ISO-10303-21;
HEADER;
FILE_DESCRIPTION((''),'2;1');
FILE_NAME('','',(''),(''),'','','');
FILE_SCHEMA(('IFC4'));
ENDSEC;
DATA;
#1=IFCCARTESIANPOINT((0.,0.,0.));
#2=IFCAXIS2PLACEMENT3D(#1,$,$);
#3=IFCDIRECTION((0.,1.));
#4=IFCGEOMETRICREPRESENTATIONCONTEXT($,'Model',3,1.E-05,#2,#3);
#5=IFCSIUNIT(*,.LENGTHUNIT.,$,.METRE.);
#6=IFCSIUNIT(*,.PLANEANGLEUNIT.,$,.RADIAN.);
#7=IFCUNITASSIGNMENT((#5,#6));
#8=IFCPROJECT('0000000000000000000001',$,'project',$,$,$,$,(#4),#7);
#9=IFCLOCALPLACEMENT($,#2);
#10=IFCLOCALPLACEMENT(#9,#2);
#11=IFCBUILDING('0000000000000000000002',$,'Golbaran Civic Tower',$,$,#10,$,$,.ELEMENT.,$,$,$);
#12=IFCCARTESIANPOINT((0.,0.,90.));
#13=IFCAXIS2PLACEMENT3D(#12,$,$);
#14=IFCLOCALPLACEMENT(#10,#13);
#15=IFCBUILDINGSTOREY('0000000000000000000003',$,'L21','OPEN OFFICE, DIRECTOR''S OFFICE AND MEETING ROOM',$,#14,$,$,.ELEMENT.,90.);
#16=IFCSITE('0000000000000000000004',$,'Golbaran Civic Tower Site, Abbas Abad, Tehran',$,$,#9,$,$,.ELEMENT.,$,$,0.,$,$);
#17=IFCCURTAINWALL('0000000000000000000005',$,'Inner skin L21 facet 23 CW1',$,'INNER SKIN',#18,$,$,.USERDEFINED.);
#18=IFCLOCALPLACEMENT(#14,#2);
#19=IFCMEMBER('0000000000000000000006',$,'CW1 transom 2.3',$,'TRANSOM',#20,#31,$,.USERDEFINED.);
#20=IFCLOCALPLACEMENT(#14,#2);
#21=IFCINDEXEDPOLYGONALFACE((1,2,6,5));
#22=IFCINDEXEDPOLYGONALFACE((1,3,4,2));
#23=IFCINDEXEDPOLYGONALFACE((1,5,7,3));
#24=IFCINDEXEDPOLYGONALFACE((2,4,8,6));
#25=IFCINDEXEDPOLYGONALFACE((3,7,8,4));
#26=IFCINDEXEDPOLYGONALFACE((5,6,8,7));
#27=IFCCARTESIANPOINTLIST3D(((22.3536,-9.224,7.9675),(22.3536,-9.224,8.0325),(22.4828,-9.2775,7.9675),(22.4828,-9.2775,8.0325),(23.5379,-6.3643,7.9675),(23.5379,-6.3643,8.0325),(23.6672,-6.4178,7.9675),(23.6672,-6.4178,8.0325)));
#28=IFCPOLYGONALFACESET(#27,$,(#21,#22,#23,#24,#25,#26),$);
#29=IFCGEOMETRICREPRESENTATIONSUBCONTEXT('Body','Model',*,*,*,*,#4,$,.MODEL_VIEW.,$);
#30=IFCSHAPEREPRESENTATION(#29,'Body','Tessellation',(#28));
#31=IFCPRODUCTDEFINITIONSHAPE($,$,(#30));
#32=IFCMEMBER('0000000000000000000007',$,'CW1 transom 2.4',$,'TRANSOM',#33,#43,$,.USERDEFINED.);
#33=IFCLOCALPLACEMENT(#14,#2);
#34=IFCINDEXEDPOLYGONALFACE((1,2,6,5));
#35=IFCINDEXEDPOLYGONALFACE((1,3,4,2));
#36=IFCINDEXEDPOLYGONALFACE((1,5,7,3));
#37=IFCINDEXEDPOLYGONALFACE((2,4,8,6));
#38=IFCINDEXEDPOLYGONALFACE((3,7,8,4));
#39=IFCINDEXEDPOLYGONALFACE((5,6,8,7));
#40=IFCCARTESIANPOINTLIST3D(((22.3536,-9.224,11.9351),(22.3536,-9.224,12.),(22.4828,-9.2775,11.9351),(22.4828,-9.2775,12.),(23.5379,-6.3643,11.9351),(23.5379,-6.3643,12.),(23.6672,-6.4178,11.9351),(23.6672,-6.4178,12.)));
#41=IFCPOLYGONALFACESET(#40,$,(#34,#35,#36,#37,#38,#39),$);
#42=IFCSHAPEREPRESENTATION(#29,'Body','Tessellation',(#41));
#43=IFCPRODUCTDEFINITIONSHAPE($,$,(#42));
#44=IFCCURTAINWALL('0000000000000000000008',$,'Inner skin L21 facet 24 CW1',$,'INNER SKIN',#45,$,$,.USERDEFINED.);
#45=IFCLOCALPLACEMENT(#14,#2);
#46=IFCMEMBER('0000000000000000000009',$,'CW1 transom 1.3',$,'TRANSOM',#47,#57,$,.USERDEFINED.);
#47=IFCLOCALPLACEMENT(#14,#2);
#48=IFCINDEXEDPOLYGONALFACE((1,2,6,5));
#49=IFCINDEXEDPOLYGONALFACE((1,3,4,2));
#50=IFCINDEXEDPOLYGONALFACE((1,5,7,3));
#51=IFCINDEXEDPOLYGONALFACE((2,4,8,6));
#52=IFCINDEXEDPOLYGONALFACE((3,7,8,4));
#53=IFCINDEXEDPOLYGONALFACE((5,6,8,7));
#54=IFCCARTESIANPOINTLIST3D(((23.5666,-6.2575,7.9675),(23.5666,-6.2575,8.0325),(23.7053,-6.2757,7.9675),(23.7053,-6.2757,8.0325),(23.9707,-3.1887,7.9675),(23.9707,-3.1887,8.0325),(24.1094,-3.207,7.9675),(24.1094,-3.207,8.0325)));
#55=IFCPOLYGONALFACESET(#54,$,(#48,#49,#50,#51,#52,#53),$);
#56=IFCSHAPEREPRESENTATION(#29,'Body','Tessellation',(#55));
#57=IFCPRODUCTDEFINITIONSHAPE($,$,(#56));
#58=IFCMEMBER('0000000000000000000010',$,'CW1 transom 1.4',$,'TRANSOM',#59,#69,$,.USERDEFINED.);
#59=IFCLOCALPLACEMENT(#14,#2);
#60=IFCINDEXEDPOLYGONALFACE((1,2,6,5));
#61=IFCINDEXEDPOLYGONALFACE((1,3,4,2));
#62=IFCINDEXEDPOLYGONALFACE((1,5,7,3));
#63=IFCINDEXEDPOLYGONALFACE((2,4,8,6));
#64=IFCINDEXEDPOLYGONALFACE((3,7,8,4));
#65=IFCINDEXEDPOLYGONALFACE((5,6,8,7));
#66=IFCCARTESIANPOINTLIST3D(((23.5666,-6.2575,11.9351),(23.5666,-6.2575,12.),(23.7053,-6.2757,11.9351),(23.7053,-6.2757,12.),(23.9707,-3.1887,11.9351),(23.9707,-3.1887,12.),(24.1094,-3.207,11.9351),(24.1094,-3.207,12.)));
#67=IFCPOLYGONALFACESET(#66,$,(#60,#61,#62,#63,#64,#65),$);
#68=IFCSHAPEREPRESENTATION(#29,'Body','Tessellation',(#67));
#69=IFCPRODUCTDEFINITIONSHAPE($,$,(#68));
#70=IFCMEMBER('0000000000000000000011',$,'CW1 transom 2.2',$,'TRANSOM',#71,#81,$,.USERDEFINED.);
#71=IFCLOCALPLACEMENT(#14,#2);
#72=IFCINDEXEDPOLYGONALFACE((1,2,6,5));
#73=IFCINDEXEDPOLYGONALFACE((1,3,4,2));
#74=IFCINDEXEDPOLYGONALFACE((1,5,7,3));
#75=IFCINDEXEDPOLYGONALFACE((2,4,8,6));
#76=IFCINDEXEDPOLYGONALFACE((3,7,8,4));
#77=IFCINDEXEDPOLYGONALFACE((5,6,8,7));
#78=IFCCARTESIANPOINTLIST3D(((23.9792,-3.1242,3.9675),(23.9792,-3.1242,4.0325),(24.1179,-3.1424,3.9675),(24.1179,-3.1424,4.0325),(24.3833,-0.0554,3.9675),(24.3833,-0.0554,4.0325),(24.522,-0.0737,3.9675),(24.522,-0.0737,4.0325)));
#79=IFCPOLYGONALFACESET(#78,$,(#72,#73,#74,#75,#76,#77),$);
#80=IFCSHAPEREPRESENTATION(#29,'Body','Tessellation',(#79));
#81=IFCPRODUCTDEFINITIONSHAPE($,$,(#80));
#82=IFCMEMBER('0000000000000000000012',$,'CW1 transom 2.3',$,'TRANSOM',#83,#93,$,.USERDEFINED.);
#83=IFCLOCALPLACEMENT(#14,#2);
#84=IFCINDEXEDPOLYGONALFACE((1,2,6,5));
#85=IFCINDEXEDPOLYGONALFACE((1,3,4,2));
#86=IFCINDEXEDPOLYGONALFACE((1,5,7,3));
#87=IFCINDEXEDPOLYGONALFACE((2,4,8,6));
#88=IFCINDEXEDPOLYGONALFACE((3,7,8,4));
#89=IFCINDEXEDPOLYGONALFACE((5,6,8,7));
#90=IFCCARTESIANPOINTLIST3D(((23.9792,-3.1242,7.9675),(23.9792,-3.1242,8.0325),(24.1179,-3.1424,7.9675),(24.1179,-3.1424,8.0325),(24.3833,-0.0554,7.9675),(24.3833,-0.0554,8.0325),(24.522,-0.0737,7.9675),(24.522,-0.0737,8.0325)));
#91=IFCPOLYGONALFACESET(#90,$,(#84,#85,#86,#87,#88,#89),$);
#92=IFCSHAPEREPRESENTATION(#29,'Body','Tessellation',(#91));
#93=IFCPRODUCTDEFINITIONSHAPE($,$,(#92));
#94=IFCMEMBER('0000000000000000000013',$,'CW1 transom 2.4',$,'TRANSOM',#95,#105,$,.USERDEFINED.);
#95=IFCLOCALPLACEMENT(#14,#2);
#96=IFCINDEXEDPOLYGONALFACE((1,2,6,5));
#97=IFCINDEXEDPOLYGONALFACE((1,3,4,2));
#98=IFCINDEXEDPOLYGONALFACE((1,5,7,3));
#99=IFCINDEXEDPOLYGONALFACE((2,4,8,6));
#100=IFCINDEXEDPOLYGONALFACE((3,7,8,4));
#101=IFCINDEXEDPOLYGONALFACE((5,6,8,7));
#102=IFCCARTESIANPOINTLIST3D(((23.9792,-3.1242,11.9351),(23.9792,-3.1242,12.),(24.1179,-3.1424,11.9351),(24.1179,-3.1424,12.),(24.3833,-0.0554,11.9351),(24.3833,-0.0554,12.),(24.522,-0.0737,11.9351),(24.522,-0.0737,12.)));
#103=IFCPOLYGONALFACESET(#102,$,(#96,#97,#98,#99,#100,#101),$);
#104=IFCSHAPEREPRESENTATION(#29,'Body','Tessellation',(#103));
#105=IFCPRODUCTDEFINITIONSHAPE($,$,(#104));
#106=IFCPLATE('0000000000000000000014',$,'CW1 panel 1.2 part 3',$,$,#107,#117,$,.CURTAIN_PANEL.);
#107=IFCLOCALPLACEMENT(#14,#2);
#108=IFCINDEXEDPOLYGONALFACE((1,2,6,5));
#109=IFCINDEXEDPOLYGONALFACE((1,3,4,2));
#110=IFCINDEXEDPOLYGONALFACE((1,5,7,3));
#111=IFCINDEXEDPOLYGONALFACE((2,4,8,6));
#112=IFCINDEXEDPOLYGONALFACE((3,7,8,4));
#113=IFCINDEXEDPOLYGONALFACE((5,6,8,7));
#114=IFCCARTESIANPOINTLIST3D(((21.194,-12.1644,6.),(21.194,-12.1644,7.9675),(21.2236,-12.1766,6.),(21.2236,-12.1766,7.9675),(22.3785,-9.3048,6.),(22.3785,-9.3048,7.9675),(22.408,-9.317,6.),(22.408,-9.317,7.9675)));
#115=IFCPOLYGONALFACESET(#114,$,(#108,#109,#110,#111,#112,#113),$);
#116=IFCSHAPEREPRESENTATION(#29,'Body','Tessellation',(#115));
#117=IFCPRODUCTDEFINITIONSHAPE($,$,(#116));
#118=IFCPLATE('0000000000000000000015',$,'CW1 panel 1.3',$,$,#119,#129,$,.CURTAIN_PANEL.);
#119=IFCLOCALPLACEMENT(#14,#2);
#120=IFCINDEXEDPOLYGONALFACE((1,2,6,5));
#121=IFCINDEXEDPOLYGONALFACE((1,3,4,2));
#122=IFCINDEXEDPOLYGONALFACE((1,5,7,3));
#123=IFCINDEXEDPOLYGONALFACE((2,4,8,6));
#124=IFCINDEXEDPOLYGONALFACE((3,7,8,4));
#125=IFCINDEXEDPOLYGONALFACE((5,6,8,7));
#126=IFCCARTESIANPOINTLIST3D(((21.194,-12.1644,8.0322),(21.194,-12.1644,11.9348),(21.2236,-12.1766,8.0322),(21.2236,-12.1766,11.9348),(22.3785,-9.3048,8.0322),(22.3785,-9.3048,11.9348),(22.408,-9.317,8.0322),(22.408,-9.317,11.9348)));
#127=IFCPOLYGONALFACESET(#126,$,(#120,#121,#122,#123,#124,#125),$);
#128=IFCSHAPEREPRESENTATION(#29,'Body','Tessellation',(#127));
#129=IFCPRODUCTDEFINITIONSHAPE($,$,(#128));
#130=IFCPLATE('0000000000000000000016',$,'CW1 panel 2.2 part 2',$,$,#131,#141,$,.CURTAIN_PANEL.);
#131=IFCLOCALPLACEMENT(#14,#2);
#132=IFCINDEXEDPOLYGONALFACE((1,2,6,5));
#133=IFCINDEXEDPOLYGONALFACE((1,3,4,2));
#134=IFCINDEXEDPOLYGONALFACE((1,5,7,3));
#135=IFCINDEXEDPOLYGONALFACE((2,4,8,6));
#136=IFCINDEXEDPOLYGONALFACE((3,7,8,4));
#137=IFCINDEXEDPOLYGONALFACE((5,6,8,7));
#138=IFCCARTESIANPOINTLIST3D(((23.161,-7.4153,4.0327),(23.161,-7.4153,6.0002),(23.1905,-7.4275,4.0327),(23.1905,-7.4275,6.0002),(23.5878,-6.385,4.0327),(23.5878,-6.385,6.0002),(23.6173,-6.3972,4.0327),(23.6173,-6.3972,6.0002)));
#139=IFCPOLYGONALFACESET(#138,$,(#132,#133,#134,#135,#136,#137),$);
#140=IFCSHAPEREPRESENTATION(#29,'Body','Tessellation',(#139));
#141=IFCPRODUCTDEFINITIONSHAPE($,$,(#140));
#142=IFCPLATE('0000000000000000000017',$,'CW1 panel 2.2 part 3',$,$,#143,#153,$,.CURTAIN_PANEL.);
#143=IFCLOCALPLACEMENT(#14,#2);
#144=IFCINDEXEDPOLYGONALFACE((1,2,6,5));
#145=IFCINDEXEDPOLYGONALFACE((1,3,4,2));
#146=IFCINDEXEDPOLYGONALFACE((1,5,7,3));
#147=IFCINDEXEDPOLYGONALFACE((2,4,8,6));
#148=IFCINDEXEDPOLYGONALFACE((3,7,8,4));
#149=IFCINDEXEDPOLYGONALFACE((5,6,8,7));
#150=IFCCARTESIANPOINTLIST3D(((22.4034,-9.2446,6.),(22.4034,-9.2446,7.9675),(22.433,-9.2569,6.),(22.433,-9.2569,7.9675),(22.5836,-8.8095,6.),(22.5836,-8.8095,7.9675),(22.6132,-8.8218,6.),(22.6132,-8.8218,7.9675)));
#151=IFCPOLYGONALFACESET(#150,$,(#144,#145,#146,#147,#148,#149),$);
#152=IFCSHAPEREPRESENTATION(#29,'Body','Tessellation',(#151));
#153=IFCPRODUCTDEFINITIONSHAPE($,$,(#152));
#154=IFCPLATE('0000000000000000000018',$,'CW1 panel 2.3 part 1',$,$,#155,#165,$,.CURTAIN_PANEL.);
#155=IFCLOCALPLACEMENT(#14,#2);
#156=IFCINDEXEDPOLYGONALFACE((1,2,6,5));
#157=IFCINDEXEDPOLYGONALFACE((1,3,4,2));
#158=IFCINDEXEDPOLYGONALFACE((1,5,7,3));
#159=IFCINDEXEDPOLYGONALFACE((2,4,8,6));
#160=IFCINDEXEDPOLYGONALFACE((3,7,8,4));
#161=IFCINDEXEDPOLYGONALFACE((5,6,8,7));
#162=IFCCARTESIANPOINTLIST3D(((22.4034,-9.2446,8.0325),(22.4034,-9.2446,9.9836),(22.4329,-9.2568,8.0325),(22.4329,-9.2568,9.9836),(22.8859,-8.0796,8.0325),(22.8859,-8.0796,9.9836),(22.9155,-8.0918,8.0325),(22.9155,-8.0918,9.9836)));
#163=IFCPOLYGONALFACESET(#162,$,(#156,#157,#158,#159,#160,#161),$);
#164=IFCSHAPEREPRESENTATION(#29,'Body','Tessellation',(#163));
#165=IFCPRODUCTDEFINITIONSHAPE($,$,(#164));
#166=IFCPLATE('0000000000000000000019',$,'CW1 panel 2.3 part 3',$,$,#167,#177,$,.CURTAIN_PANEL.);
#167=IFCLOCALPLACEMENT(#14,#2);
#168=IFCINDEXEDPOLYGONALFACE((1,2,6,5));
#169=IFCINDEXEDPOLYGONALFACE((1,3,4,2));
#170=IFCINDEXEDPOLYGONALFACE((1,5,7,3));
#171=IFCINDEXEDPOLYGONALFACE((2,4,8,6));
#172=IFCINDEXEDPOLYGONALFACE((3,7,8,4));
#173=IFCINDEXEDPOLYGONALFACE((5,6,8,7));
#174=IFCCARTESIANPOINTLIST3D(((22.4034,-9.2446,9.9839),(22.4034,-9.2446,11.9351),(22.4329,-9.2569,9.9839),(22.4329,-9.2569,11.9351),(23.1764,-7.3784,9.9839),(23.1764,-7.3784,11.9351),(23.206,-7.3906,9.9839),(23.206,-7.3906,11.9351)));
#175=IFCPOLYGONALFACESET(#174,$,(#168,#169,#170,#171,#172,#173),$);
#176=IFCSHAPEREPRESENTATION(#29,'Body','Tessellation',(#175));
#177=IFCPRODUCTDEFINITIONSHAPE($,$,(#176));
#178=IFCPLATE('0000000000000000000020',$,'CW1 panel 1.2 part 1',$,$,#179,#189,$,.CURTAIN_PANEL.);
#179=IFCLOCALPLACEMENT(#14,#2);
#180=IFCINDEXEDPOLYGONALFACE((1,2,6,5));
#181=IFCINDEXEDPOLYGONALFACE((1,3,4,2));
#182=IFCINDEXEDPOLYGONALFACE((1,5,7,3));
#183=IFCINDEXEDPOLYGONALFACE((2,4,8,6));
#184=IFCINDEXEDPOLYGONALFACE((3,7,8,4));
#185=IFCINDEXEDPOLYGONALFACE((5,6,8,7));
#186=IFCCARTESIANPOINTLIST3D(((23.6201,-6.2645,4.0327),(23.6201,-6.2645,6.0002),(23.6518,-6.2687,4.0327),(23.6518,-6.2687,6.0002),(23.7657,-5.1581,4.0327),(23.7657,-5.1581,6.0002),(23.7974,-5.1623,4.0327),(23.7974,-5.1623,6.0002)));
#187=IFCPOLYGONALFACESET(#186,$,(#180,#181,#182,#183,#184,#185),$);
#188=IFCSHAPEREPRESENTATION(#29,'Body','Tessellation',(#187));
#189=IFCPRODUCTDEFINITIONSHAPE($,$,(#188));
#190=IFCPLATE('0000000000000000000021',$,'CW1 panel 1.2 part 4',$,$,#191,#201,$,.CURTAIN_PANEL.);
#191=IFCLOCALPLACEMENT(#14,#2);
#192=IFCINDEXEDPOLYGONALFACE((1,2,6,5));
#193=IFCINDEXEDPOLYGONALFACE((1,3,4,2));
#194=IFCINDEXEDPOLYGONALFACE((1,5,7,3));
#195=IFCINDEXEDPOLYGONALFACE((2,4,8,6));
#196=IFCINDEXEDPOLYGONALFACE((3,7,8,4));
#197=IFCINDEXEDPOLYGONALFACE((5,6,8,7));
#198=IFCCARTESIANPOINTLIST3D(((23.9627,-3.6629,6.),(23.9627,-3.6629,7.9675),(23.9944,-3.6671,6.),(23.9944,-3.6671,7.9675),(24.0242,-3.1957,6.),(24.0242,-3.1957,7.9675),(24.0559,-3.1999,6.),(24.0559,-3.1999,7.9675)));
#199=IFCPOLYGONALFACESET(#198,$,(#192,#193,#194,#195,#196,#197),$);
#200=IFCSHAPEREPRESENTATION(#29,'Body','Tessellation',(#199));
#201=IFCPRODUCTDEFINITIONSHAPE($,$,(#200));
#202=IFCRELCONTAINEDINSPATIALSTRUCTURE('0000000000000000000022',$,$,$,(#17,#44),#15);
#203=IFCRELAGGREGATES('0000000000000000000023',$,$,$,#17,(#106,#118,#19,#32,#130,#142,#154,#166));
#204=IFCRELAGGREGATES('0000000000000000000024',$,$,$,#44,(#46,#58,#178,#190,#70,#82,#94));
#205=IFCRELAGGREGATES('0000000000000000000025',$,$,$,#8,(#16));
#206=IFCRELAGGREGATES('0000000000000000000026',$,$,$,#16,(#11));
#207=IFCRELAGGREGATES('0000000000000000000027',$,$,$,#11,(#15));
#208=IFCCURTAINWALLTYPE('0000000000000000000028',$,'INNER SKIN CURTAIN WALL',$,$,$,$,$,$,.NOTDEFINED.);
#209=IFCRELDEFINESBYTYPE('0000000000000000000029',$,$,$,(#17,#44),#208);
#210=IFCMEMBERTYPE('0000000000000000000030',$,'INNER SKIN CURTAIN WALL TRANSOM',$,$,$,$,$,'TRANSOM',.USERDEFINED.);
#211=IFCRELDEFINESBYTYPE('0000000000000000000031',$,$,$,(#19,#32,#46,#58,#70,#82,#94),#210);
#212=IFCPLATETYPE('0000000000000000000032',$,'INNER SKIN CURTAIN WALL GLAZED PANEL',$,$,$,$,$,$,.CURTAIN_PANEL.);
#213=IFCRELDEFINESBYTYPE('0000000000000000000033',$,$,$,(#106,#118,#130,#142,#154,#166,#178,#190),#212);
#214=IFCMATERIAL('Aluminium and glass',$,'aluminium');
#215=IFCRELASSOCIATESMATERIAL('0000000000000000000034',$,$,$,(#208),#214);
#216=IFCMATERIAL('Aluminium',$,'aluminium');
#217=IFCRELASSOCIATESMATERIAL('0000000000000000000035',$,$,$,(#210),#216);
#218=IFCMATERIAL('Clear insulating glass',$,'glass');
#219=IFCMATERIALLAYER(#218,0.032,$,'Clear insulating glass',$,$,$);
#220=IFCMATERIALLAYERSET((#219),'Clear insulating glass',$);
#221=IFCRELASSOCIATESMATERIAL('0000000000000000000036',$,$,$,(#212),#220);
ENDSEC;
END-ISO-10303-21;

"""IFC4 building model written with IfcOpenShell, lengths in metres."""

from ifc_helpers import new_model, si_unit, direction, frame, origin, origin_2d, place, context, subcontext, project, spatial, rectangle, extrude, material, layer, layer_set, material_profile, profile_set, type_object, element, aggregate, save


model = new_model("IFC4")

# Units and contexts
model_context = context("Model", 3, precision=1e-05, world=origin(), true_north=direction((0.0, 1.0)))
body_context = subcontext(model_context, "Body", "Model", "MODEL_VIEW")
ifc_project = project(units=[si_unit("LENGTHUNIT", "METRE"), si_unit("PLANEANGLEUNIT", "RADIAN")], contexts=[model_context])

# Site, building, storey
site_placement = place(None, origin())
site = spatial("IfcSite", under=ifc_project, at=site_placement, Name="Golbaran Civic Tower Site, Abbas Abad, Tehran", CompositionType="ELEMENT", RefElevation=0.0)
building_placement = place(site_placement, origin())
building = spatial("IfcBuilding", under=site, at=building_placement, Name="Golbaran Civic Tower", CompositionType="ELEMENT")
storey_placement = place(building_placement, frame((0.0, 0.0, 90.0)))
storey = spatial("IfcBuildingStorey", under=building, at=storey_placement, Name="L21", Description="OPEN OFFICE, DIRECTOR'S OFFICE AND MEETING ROOM", CompositionType="ELEMENT", Elevation=90.0)

# Curtain walls, members
ifc_material_1 = material(Name="Aluminium and glass", Category="aluminium")
curtain_wall_type = type_object("IfcCurtainWallType", Name="INNER SKIN CURTAIN WALL", PredefinedType="NOTDEFINED", material=ifc_material_1)
curtain_wall_1_placement = place(storey_placement, origin())
curtain_wall_1 = element("IfcCurtainWall", 1, at=curtain_wall_1_placement, inside=storey, type_object=curtain_wall_type, Name="Inner skin L21 facet 23 CW1", ObjectType="INNER SKIN", PredefinedType="USERDEFINED")
ifc_material_2 = material(Name="Aluminium", Category="aluminium")
ifc_material_profile = material_profile(ifc_material_2, rectangle(XDim=0.1399, YDim=0.0649, at=origin_2d()), Name="INNER SKIN CURTAIN WALL TRANSOM")
ifc_profile_set = profile_set([ifc_material_profile], Name="Aluminium")
member_type = type_object("IfcMemberType", Name="INNER SKIN CURTAIN WALL TRANSOM", ElementType="TRANSOM", PredefinedType="USERDEFINED", material=ifc_profile_set)
member_1_placement = place(storey_placement, frame((22.4182, -9.2507, 8.0), z_axis=(0.382637, 0.923899, 0.0), x_axis=(-0.923899, 0.382637, 0.0)))
member_1 = element("IfcMember", 2, at=member_1_placement, type_object=member_type, Name="CW1 transom 2.3", ObjectType="TRANSOM", PredefinedType="USERDEFINED", context=body_context, shape_type="SweptSolid", body=[
    extrude(rectangle(XDim=0.1399, YDim=0.0649, at=origin_2d()), origin(), (0.0, 0.0, 1.0), 3.0952),
])
member_2_placement = place(storey_placement, frame((22.4182, -9.2507, 11.9675), z_axis=(0.382637, 0.923899, 0.0), x_axis=(-0.923899, 0.382637, 0.0)))
member_2 = element("IfcMember", 3, at=member_2_placement, type_object=member_type, Name="CW1 transom 2.4", ObjectType="TRANSOM", PredefinedType="USERDEFINED", context=body_context, shape_type="SweptSolid", body=[
    extrude(rectangle(XDim=0.1399, YDim=0.0649, at=origin_2d()), origin(), (0.0, 0.0, 1.0), 3.0952),
])
curtain_wall_2_placement = place(storey_placement, origin())
curtain_wall_2 = element("IfcCurtainWall", 4, at=curtain_wall_2_placement, inside=storey, type_object=curtain_wall_type, Name="Inner skin L21 facet 24 CW1", ObjectType="INNER SKIN", PredefinedType="USERDEFINED")
member_3_placement = place(storey_placement, frame((23.636, -6.2666, 8.0), z_axis=(0.130536, 0.991444, 0.0), x_axis=(-0.991444, 0.130536, 0.0)))
member_3 = element("IfcMember", 5, at=member_3_placement, type_object=member_type, Name="CW1 transom 1.3", ObjectType="TRANSOM", PredefinedType="USERDEFINED", context=body_context, shape_type="SweptSolid", body=[
    extrude(rectangle(XDim=0.1399, YDim=0.0649, at=origin_2d()), origin(), (0.0, 0.0, 1.0), 3.0952),
])
member_4_placement = place(storey_placement, frame((23.636, -6.2666, 11.9675), z_axis=(0.130536, 0.991444, 0.0), x_axis=(-0.991444, 0.130536, 0.0)))
member_4 = element("IfcMember", 6, at=member_4_placement, type_object=member_type, Name="CW1 transom 1.4", ObjectType="TRANSOM", PredefinedType="USERDEFINED", context=body_context, shape_type="SweptSolid", body=[
    extrude(rectangle(XDim=0.1399, YDim=0.0649, at=origin_2d()), origin(), (0.0, 0.0, 1.0), 3.0952),
])
member_5_placement = place(storey_placement, frame((24.0486, -3.1333, 4.0), z_axis=(0.130536, 0.991444, 0.0), x_axis=(-0.991444, 0.130536, 0.0)))
member_5 = element("IfcMember", 7, at=member_5_placement, type_object=member_type, Name="CW1 transom 2.2", ObjectType="TRANSOM", PredefinedType="USERDEFINED", context=body_context, shape_type="SweptSolid", body=[
    extrude(rectangle(XDim=0.1399, YDim=0.0649, at=origin_2d()), origin(), (0.0, 0.0, 1.0), 3.0952),
])
member_6_placement = place(storey_placement, frame((24.0486, -3.1333, 8.0), z_axis=(0.130536, 0.991444, 0.0), x_axis=(-0.991444, 0.130536, 0.0)))
member_6 = element("IfcMember", 8, at=member_6_placement, type_object=member_type, Name="CW1 transom 2.3", ObjectType="TRANSOM", PredefinedType="USERDEFINED", context=body_context, shape_type="SweptSolid", body=[
    extrude(rectangle(XDim=0.1399, YDim=0.0649, at=origin_2d()), origin(), (0.0, 0.0, 1.0), 3.0952),
])
member_7_placement = place(storey_placement, frame((24.0486, -3.1333, 11.9675), z_axis=(0.130536, 0.991444, 0.0), x_axis=(-0.991444, 0.130536, 0.0)))
member_7 = element("IfcMember", 9, at=member_7_placement, type_object=member_type, Name="CW1 transom 2.4", ObjectType="TRANSOM", PredefinedType="USERDEFINED", context=body_context, shape_type="SweptSolid", body=[
    extrude(rectangle(XDim=0.1399, YDim=0.0649, at=origin_2d()), origin(), (0.0, 0.0, 1.0), 3.0952),
])

# Plates
ifc_material_3 = material(Name="Clear insulating glass", Category="glass")
ifc_layer_1 = layer(ifc_material_3, 0.032, Name="Clear insulating glass")
ifc_layer_set_1 = layer_set([ifc_layer_1], Name="Clear insulating glass")
plate_type_1 = type_object("IfcPlateType", Name="INNER SKIN CURTAIN WALL GLAZED PANEL", PredefinedType="CURTAIN_PANEL", material=ifc_layer_set_1)
plate_1_placement = place(storey_placement, frame((21.801, -10.7407, 6.0), z_axis=(0.0, 0.0, 1.0), x_axis=(0.382683, 0.92388, 0.0)))
plate_1 = element("IfcPlate", 10, at=plate_1_placement, type_object=plate_type_1, Name="CW1 panel 1.2 part 3", PredefinedType="CURTAIN_PANEL", context=body_context, shape_type="SweptSolid", body=[
    extrude(rectangle(XDim=3.0952, YDim=0.032, at=origin_2d()), origin(), (0.0, 0.0, 1.0), 1.9675),
])
plate_2_placement = place(storey_placement, frame((21.801, -10.7407, 8.0322), z_axis=(0.0, 0.0, 1.0), x_axis=(0.382683, 0.92388, 0.0)))
plate_2 = element("IfcPlate", 11, at=plate_2_placement, type_object=plate_type_1, Name="CW1 panel 1.3", PredefinedType="CURTAIN_PANEL", context=body_context, shape_type="SweptSolid", body=[
    extrude(rectangle(XDim=3.0952, YDim=0.032, at=origin_2d()), origin(), (0.0, 0.0, 1.0), 3.9026),
])
plate_3_placement = place(storey_placement, frame((23.3892, -6.9062, 4.0327), z_axis=(0.0, 0.0, 1.0), x_axis=(0.382683, 0.92388, 0.0)))
plate_3 = element("IfcPlate", 12, at=plate_3_placement, type_object=plate_type_1, Name="CW1 panel 2.2 part 2", PredefinedType="CURTAIN_PANEL", context=body_context, shape_type="SweptSolid", body=[
    extrude(rectangle(XDim=1.1152, YDim=0.032, at=origin_2d()), origin(), (0.0, 0.0, 1.0), 1.9675),
])
plate_4_placement = place(storey_placement, frame((22.5083, -9.0332, 6.0), z_axis=(0.0, 0.0, 1.0), x_axis=(0.382683, 0.92388, 0.0)))
plate_4 = element("IfcPlate", 13, at=plate_4_placement, type_object=plate_type_1, Name="CW1 panel 2.2 part 3", PredefinedType="CURTAIN_PANEL", context=body_context, shape_type="SweptSolid", body=[
    extrude(rectangle(XDim=0.4709, YDim=0.032, at=origin_2d()), origin(), (0.0, 0.0, 1.0), 1.9675),
])
plate_5_placement = place(storey_placement, frame((22.6594, -8.6682, 8.0325), z_axis=(0.0, 0.0, 1.0), x_axis=(0.382683, 0.92388, 0.0)))
plate_5 = element("IfcPlate", 14, at=plate_5_placement, type_object=plate_type_1, Name="CW1 panel 2.3 part 1", PredefinedType="CURTAIN_PANEL", context=body_context, shape_type="SweptSolid", body=[
    extrude(rectangle(XDim=1.261, YDim=0.032, at=origin_2d()), origin(), (0.0, 0.0, 1.0), 1.9512),
])
plate_6_placement = place(storey_placement, frame((22.8047, -8.3176, 9.9839), z_axis=(0.0, 0.0, 1.0), x_axis=(0.382683, 0.92388, 0.0)))
plate_6 = element("IfcPlate", 15, at=plate_6_placement, type_object=plate_type_1, Name="CW1 panel 2.3 part 3", PredefinedType="CURTAIN_PANEL", context=body_context, shape_type="SweptSolid", body=[
    extrude(rectangle(XDim=2.02, YDim=0.032, at=origin_2d()), origin(), (0.0, 0.0, 1.0), 1.9512),
])
plate_7_placement = place(storey_placement, frame((23.7087, -5.7134, 4.0327), z_axis=(0.0, 0.0, 1.0), x_axis=(0.130526, 0.991445, 0.0)))
plate_7 = element("IfcPlate", 16, at=plate_7_placement, type_object=plate_type_1, Name="CW1 panel 1.2 part 1", PredefinedType="CURTAIN_PANEL", context=body_context, shape_type="SweptSolid", body=[
    extrude(rectangle(XDim=1.116, YDim=0.032, at=origin_2d()), origin(), (0.0, 0.0, 1.0), 1.9675),
])
plate_8_placement = place(storey_placement, frame((24.0093, -3.4314, 6.0), z_axis=(0.0, 0.0, 1.0), x_axis=(0.130526, 0.991445, 0.0)))
plate_8 = element("IfcPlate", 17, at=plate_8_placement, type_object=plate_type_1, Name="CW1 panel 1.2 part 4", PredefinedType="CURTAIN_PANEL", context=body_context, shape_type="SweptSolid", body=[
    extrude(rectangle(XDim=0.4712, YDim=0.032, at=origin_2d()), origin(), (0.0, 0.0, 1.0), 1.9675),
])
aggregate(curtain_wall_1, [plate_1, plate_2, member_1, member_2, plate_3, plate_4, plate_5, plate_6])
aggregate(curtain_wall_2, [member_3, member_4, plate_7, plate_8, member_5, member_6, member_7])

save(model, "model.ifc")
